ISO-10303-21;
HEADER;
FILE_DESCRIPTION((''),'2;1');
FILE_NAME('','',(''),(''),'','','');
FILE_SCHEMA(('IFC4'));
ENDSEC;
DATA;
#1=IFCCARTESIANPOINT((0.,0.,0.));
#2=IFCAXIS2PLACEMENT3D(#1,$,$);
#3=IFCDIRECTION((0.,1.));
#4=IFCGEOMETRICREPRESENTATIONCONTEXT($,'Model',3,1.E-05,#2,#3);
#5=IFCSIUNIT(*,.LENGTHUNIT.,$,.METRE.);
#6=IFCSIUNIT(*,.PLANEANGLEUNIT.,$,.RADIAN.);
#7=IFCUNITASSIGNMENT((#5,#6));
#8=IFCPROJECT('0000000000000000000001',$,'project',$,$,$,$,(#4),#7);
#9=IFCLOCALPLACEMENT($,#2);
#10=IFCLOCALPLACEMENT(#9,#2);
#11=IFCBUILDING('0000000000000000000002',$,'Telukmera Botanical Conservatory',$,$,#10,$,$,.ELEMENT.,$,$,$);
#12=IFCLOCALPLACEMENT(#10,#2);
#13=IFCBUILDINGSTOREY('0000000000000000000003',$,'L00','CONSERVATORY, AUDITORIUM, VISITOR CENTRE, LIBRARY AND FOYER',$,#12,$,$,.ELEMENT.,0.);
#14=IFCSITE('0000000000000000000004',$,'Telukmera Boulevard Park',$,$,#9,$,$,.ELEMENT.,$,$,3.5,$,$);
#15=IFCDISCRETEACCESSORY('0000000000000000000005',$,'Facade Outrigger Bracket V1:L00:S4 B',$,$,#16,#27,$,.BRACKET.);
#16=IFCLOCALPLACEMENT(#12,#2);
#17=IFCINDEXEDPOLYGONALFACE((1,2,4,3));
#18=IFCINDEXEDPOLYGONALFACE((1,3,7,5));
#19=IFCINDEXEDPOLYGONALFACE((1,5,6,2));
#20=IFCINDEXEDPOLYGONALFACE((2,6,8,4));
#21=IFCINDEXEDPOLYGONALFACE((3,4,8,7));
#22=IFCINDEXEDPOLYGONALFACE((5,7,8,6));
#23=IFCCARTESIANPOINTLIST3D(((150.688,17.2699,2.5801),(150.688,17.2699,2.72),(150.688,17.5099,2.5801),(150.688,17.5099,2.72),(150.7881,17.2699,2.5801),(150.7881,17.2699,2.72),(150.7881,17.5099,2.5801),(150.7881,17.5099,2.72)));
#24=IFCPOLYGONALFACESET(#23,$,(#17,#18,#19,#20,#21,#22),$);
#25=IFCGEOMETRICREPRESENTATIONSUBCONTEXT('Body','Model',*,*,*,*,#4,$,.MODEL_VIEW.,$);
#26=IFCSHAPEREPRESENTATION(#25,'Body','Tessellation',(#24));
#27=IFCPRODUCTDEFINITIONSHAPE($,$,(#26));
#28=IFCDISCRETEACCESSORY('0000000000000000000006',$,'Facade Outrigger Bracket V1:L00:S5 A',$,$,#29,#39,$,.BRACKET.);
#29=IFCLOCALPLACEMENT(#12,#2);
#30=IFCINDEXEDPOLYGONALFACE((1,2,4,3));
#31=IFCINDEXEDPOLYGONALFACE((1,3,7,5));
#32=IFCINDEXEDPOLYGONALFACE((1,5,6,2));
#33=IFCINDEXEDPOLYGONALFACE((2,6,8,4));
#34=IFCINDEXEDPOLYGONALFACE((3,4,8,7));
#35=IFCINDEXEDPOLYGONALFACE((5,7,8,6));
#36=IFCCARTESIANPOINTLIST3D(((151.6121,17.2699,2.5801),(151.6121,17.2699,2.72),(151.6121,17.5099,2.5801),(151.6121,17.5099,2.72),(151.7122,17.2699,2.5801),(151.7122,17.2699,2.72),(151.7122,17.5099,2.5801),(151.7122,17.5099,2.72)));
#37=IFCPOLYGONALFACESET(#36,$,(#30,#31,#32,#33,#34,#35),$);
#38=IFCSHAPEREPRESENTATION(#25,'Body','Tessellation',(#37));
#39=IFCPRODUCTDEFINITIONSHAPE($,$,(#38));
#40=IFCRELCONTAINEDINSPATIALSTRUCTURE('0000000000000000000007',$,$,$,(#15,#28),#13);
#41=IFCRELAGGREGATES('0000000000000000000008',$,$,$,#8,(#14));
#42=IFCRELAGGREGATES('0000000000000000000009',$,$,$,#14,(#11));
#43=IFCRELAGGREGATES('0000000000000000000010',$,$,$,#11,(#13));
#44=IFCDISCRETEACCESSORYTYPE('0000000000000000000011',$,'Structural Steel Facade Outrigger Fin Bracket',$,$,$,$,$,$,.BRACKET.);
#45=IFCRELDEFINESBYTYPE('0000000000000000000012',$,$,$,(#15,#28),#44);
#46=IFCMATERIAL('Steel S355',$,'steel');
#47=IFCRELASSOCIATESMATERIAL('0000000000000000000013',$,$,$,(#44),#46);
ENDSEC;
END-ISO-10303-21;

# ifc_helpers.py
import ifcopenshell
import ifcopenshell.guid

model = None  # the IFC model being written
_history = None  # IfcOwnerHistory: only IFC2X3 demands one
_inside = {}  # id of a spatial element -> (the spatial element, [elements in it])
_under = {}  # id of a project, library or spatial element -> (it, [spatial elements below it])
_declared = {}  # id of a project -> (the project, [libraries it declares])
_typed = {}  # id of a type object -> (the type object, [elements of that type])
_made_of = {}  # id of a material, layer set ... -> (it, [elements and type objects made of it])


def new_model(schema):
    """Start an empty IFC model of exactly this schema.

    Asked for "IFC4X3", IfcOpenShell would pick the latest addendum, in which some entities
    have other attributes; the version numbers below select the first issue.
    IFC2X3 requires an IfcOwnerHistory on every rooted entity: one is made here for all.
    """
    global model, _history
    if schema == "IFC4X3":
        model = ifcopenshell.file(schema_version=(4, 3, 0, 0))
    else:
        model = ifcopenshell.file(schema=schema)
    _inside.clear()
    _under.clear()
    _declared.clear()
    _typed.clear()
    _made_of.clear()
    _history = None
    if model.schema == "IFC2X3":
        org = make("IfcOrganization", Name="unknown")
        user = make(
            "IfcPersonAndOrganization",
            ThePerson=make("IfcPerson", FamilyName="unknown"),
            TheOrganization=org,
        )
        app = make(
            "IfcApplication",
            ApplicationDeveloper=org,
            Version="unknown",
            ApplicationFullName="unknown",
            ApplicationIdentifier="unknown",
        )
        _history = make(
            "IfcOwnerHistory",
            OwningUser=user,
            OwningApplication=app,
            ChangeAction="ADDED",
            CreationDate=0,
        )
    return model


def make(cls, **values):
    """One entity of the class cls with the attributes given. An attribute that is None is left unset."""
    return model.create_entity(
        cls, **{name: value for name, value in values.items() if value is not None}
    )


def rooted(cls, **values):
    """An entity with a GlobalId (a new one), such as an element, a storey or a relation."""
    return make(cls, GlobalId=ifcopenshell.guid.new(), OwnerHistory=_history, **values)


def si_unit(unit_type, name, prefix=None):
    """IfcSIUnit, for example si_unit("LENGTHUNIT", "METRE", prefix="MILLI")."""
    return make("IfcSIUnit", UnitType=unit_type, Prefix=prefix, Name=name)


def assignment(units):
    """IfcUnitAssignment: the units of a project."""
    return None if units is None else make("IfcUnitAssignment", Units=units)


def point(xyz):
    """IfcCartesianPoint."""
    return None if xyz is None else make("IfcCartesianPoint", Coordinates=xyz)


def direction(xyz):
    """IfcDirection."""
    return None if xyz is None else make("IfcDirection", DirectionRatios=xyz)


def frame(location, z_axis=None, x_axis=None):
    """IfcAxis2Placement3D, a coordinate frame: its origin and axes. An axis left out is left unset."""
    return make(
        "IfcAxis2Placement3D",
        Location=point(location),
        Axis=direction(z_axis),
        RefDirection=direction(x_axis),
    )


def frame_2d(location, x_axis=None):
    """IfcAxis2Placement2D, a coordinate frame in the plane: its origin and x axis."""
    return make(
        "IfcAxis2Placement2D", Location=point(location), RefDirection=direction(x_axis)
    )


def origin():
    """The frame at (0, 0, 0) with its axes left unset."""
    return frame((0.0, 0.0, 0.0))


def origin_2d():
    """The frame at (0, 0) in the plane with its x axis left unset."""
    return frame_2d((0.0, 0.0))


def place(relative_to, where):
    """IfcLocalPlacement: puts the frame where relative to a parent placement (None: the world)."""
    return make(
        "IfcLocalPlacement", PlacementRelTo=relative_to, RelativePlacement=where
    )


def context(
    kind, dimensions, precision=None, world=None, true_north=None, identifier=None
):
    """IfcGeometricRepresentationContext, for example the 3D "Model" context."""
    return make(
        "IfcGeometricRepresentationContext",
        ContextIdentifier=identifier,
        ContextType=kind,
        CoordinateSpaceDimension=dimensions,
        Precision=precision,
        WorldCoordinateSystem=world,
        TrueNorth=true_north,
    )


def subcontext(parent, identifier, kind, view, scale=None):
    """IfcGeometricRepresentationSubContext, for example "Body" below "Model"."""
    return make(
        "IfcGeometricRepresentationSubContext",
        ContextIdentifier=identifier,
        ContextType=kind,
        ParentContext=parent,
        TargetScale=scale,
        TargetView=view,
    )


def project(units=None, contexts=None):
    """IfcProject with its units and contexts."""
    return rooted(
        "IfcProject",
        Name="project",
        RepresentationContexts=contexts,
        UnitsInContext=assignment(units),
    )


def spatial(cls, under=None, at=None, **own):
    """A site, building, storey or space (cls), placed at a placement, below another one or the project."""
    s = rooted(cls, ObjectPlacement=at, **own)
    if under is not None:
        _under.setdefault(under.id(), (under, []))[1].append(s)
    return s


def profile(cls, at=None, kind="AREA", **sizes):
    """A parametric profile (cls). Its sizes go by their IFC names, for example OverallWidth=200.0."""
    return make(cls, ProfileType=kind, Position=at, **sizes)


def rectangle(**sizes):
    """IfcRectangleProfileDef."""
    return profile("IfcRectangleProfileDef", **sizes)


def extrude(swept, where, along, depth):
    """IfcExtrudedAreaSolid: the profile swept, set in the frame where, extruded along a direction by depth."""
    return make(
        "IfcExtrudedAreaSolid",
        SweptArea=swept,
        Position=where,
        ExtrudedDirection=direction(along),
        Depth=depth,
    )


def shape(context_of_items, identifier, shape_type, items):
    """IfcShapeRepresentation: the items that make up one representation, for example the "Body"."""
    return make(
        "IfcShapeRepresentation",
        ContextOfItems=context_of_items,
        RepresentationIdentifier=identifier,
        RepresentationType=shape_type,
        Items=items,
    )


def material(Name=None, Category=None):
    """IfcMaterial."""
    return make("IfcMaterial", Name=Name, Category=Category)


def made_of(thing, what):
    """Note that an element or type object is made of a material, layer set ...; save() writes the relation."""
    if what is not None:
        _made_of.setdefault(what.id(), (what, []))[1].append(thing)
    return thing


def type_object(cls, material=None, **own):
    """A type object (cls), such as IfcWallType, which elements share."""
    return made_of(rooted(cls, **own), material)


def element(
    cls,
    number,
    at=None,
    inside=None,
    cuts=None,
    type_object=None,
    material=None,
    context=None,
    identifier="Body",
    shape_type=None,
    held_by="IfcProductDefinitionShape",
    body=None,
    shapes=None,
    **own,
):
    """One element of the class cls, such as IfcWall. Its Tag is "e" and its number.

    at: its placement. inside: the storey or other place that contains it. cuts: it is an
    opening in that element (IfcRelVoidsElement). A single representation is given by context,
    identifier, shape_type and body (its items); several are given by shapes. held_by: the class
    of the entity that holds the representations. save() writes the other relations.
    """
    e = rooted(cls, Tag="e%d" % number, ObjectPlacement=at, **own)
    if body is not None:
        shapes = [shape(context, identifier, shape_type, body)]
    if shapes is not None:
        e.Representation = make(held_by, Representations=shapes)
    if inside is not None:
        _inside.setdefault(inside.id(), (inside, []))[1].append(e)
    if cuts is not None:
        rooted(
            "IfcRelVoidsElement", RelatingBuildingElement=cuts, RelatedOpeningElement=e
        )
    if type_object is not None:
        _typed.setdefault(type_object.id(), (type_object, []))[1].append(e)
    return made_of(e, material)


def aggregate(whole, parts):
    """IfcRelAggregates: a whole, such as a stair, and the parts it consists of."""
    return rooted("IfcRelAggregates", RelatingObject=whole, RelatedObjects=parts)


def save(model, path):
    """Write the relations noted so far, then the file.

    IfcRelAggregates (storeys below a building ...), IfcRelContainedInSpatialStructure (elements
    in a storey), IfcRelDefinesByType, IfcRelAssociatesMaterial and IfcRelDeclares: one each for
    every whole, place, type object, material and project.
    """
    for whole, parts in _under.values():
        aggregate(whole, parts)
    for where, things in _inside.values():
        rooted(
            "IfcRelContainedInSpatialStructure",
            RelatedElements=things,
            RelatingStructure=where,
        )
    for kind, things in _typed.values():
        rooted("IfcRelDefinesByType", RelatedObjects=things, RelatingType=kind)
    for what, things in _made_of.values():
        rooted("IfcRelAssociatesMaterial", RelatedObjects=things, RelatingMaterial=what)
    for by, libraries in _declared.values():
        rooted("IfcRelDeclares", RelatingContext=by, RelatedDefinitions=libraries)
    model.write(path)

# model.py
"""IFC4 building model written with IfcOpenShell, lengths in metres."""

from ifc_helpers import new_model, si_unit, direction, frame, origin, origin_2d, place, context, subcontext, project, spatial, rectangle, extrude, material, type_object, element, save


model = new_model("IFC4")

# Units and contexts
model_context = context("Model", 3, precision=1e-05, world=origin(), true_north=direction((0.0, 1.0)))
body_context = subcontext(model_context, "Body", "Model", "MODEL_VIEW")
ifc_project = project(units=[si_unit("LENGTHUNIT", "METRE"), si_unit("PLANEANGLEUNIT", "RADIAN")], contexts=[model_context])

# Site, building, storey
site_placement = place(None, origin())
site = spatial("IfcSite", under=ifc_project, at=site_placement, Name="Telukmera Boulevard Park", CompositionType="ELEMENT", RefElevation=3.5)
building_placement = place(site_placement, origin())
building = spatial("IfcBuilding", under=site, at=building_placement, Name="Telukmera Botanical Conservatory", CompositionType="ELEMENT")
storey_placement = place(building_placement, origin())
storey = spatial("IfcBuildingStorey", under=building, at=storey_placement, Name="L00", Description="CONSERVATORY, AUDITORIUM, VISITOR CENTRE, LIBRARY AND FOYER", CompositionType="ELEMENT", Elevation=0.0)

# Discrete accessories
ifc_material_1 = material(Name="Steel S355", Category="steel")
discrete_accessory_type = type_object("IfcDiscreteAccessoryType", Name="Structural Steel Facade Outrigger Fin Bracket", PredefinedType="BRACKET", material=ifc_material_1)
for number, where, z_axis, x_axis, name in (
    (1, (150.738, 17.3899, 2.5801), (0.0, 0.0, 1.0), (1.0, 0.0, 0.0), "Facade Outrigger Bracket V1:L00:S4 B"),
    (2, (151.6621, 17.3899, 2.5801), (0.0, 0.0, 1.0), (1.0, 0.0, 0.0), "Facade Outrigger Bracket V1:L00:S5 A"),
):
    element("IfcDiscreteAccessory", number, at=place(storey_placement, frame(where, z_axis=z_axis, x_axis=x_axis)), inside=storey, type_object=discrete_accessory_type, Name=name, PredefinedType="BRACKET", context=body_context, shape_type="SweptSolid", body=[
        extrude(rectangle(XDim=0.1001, YDim=0.24, at=origin_2d()), origin(), (0.0, 0.0, 1.0), 0.1399),
    ])

save(model, "model.ifc")
